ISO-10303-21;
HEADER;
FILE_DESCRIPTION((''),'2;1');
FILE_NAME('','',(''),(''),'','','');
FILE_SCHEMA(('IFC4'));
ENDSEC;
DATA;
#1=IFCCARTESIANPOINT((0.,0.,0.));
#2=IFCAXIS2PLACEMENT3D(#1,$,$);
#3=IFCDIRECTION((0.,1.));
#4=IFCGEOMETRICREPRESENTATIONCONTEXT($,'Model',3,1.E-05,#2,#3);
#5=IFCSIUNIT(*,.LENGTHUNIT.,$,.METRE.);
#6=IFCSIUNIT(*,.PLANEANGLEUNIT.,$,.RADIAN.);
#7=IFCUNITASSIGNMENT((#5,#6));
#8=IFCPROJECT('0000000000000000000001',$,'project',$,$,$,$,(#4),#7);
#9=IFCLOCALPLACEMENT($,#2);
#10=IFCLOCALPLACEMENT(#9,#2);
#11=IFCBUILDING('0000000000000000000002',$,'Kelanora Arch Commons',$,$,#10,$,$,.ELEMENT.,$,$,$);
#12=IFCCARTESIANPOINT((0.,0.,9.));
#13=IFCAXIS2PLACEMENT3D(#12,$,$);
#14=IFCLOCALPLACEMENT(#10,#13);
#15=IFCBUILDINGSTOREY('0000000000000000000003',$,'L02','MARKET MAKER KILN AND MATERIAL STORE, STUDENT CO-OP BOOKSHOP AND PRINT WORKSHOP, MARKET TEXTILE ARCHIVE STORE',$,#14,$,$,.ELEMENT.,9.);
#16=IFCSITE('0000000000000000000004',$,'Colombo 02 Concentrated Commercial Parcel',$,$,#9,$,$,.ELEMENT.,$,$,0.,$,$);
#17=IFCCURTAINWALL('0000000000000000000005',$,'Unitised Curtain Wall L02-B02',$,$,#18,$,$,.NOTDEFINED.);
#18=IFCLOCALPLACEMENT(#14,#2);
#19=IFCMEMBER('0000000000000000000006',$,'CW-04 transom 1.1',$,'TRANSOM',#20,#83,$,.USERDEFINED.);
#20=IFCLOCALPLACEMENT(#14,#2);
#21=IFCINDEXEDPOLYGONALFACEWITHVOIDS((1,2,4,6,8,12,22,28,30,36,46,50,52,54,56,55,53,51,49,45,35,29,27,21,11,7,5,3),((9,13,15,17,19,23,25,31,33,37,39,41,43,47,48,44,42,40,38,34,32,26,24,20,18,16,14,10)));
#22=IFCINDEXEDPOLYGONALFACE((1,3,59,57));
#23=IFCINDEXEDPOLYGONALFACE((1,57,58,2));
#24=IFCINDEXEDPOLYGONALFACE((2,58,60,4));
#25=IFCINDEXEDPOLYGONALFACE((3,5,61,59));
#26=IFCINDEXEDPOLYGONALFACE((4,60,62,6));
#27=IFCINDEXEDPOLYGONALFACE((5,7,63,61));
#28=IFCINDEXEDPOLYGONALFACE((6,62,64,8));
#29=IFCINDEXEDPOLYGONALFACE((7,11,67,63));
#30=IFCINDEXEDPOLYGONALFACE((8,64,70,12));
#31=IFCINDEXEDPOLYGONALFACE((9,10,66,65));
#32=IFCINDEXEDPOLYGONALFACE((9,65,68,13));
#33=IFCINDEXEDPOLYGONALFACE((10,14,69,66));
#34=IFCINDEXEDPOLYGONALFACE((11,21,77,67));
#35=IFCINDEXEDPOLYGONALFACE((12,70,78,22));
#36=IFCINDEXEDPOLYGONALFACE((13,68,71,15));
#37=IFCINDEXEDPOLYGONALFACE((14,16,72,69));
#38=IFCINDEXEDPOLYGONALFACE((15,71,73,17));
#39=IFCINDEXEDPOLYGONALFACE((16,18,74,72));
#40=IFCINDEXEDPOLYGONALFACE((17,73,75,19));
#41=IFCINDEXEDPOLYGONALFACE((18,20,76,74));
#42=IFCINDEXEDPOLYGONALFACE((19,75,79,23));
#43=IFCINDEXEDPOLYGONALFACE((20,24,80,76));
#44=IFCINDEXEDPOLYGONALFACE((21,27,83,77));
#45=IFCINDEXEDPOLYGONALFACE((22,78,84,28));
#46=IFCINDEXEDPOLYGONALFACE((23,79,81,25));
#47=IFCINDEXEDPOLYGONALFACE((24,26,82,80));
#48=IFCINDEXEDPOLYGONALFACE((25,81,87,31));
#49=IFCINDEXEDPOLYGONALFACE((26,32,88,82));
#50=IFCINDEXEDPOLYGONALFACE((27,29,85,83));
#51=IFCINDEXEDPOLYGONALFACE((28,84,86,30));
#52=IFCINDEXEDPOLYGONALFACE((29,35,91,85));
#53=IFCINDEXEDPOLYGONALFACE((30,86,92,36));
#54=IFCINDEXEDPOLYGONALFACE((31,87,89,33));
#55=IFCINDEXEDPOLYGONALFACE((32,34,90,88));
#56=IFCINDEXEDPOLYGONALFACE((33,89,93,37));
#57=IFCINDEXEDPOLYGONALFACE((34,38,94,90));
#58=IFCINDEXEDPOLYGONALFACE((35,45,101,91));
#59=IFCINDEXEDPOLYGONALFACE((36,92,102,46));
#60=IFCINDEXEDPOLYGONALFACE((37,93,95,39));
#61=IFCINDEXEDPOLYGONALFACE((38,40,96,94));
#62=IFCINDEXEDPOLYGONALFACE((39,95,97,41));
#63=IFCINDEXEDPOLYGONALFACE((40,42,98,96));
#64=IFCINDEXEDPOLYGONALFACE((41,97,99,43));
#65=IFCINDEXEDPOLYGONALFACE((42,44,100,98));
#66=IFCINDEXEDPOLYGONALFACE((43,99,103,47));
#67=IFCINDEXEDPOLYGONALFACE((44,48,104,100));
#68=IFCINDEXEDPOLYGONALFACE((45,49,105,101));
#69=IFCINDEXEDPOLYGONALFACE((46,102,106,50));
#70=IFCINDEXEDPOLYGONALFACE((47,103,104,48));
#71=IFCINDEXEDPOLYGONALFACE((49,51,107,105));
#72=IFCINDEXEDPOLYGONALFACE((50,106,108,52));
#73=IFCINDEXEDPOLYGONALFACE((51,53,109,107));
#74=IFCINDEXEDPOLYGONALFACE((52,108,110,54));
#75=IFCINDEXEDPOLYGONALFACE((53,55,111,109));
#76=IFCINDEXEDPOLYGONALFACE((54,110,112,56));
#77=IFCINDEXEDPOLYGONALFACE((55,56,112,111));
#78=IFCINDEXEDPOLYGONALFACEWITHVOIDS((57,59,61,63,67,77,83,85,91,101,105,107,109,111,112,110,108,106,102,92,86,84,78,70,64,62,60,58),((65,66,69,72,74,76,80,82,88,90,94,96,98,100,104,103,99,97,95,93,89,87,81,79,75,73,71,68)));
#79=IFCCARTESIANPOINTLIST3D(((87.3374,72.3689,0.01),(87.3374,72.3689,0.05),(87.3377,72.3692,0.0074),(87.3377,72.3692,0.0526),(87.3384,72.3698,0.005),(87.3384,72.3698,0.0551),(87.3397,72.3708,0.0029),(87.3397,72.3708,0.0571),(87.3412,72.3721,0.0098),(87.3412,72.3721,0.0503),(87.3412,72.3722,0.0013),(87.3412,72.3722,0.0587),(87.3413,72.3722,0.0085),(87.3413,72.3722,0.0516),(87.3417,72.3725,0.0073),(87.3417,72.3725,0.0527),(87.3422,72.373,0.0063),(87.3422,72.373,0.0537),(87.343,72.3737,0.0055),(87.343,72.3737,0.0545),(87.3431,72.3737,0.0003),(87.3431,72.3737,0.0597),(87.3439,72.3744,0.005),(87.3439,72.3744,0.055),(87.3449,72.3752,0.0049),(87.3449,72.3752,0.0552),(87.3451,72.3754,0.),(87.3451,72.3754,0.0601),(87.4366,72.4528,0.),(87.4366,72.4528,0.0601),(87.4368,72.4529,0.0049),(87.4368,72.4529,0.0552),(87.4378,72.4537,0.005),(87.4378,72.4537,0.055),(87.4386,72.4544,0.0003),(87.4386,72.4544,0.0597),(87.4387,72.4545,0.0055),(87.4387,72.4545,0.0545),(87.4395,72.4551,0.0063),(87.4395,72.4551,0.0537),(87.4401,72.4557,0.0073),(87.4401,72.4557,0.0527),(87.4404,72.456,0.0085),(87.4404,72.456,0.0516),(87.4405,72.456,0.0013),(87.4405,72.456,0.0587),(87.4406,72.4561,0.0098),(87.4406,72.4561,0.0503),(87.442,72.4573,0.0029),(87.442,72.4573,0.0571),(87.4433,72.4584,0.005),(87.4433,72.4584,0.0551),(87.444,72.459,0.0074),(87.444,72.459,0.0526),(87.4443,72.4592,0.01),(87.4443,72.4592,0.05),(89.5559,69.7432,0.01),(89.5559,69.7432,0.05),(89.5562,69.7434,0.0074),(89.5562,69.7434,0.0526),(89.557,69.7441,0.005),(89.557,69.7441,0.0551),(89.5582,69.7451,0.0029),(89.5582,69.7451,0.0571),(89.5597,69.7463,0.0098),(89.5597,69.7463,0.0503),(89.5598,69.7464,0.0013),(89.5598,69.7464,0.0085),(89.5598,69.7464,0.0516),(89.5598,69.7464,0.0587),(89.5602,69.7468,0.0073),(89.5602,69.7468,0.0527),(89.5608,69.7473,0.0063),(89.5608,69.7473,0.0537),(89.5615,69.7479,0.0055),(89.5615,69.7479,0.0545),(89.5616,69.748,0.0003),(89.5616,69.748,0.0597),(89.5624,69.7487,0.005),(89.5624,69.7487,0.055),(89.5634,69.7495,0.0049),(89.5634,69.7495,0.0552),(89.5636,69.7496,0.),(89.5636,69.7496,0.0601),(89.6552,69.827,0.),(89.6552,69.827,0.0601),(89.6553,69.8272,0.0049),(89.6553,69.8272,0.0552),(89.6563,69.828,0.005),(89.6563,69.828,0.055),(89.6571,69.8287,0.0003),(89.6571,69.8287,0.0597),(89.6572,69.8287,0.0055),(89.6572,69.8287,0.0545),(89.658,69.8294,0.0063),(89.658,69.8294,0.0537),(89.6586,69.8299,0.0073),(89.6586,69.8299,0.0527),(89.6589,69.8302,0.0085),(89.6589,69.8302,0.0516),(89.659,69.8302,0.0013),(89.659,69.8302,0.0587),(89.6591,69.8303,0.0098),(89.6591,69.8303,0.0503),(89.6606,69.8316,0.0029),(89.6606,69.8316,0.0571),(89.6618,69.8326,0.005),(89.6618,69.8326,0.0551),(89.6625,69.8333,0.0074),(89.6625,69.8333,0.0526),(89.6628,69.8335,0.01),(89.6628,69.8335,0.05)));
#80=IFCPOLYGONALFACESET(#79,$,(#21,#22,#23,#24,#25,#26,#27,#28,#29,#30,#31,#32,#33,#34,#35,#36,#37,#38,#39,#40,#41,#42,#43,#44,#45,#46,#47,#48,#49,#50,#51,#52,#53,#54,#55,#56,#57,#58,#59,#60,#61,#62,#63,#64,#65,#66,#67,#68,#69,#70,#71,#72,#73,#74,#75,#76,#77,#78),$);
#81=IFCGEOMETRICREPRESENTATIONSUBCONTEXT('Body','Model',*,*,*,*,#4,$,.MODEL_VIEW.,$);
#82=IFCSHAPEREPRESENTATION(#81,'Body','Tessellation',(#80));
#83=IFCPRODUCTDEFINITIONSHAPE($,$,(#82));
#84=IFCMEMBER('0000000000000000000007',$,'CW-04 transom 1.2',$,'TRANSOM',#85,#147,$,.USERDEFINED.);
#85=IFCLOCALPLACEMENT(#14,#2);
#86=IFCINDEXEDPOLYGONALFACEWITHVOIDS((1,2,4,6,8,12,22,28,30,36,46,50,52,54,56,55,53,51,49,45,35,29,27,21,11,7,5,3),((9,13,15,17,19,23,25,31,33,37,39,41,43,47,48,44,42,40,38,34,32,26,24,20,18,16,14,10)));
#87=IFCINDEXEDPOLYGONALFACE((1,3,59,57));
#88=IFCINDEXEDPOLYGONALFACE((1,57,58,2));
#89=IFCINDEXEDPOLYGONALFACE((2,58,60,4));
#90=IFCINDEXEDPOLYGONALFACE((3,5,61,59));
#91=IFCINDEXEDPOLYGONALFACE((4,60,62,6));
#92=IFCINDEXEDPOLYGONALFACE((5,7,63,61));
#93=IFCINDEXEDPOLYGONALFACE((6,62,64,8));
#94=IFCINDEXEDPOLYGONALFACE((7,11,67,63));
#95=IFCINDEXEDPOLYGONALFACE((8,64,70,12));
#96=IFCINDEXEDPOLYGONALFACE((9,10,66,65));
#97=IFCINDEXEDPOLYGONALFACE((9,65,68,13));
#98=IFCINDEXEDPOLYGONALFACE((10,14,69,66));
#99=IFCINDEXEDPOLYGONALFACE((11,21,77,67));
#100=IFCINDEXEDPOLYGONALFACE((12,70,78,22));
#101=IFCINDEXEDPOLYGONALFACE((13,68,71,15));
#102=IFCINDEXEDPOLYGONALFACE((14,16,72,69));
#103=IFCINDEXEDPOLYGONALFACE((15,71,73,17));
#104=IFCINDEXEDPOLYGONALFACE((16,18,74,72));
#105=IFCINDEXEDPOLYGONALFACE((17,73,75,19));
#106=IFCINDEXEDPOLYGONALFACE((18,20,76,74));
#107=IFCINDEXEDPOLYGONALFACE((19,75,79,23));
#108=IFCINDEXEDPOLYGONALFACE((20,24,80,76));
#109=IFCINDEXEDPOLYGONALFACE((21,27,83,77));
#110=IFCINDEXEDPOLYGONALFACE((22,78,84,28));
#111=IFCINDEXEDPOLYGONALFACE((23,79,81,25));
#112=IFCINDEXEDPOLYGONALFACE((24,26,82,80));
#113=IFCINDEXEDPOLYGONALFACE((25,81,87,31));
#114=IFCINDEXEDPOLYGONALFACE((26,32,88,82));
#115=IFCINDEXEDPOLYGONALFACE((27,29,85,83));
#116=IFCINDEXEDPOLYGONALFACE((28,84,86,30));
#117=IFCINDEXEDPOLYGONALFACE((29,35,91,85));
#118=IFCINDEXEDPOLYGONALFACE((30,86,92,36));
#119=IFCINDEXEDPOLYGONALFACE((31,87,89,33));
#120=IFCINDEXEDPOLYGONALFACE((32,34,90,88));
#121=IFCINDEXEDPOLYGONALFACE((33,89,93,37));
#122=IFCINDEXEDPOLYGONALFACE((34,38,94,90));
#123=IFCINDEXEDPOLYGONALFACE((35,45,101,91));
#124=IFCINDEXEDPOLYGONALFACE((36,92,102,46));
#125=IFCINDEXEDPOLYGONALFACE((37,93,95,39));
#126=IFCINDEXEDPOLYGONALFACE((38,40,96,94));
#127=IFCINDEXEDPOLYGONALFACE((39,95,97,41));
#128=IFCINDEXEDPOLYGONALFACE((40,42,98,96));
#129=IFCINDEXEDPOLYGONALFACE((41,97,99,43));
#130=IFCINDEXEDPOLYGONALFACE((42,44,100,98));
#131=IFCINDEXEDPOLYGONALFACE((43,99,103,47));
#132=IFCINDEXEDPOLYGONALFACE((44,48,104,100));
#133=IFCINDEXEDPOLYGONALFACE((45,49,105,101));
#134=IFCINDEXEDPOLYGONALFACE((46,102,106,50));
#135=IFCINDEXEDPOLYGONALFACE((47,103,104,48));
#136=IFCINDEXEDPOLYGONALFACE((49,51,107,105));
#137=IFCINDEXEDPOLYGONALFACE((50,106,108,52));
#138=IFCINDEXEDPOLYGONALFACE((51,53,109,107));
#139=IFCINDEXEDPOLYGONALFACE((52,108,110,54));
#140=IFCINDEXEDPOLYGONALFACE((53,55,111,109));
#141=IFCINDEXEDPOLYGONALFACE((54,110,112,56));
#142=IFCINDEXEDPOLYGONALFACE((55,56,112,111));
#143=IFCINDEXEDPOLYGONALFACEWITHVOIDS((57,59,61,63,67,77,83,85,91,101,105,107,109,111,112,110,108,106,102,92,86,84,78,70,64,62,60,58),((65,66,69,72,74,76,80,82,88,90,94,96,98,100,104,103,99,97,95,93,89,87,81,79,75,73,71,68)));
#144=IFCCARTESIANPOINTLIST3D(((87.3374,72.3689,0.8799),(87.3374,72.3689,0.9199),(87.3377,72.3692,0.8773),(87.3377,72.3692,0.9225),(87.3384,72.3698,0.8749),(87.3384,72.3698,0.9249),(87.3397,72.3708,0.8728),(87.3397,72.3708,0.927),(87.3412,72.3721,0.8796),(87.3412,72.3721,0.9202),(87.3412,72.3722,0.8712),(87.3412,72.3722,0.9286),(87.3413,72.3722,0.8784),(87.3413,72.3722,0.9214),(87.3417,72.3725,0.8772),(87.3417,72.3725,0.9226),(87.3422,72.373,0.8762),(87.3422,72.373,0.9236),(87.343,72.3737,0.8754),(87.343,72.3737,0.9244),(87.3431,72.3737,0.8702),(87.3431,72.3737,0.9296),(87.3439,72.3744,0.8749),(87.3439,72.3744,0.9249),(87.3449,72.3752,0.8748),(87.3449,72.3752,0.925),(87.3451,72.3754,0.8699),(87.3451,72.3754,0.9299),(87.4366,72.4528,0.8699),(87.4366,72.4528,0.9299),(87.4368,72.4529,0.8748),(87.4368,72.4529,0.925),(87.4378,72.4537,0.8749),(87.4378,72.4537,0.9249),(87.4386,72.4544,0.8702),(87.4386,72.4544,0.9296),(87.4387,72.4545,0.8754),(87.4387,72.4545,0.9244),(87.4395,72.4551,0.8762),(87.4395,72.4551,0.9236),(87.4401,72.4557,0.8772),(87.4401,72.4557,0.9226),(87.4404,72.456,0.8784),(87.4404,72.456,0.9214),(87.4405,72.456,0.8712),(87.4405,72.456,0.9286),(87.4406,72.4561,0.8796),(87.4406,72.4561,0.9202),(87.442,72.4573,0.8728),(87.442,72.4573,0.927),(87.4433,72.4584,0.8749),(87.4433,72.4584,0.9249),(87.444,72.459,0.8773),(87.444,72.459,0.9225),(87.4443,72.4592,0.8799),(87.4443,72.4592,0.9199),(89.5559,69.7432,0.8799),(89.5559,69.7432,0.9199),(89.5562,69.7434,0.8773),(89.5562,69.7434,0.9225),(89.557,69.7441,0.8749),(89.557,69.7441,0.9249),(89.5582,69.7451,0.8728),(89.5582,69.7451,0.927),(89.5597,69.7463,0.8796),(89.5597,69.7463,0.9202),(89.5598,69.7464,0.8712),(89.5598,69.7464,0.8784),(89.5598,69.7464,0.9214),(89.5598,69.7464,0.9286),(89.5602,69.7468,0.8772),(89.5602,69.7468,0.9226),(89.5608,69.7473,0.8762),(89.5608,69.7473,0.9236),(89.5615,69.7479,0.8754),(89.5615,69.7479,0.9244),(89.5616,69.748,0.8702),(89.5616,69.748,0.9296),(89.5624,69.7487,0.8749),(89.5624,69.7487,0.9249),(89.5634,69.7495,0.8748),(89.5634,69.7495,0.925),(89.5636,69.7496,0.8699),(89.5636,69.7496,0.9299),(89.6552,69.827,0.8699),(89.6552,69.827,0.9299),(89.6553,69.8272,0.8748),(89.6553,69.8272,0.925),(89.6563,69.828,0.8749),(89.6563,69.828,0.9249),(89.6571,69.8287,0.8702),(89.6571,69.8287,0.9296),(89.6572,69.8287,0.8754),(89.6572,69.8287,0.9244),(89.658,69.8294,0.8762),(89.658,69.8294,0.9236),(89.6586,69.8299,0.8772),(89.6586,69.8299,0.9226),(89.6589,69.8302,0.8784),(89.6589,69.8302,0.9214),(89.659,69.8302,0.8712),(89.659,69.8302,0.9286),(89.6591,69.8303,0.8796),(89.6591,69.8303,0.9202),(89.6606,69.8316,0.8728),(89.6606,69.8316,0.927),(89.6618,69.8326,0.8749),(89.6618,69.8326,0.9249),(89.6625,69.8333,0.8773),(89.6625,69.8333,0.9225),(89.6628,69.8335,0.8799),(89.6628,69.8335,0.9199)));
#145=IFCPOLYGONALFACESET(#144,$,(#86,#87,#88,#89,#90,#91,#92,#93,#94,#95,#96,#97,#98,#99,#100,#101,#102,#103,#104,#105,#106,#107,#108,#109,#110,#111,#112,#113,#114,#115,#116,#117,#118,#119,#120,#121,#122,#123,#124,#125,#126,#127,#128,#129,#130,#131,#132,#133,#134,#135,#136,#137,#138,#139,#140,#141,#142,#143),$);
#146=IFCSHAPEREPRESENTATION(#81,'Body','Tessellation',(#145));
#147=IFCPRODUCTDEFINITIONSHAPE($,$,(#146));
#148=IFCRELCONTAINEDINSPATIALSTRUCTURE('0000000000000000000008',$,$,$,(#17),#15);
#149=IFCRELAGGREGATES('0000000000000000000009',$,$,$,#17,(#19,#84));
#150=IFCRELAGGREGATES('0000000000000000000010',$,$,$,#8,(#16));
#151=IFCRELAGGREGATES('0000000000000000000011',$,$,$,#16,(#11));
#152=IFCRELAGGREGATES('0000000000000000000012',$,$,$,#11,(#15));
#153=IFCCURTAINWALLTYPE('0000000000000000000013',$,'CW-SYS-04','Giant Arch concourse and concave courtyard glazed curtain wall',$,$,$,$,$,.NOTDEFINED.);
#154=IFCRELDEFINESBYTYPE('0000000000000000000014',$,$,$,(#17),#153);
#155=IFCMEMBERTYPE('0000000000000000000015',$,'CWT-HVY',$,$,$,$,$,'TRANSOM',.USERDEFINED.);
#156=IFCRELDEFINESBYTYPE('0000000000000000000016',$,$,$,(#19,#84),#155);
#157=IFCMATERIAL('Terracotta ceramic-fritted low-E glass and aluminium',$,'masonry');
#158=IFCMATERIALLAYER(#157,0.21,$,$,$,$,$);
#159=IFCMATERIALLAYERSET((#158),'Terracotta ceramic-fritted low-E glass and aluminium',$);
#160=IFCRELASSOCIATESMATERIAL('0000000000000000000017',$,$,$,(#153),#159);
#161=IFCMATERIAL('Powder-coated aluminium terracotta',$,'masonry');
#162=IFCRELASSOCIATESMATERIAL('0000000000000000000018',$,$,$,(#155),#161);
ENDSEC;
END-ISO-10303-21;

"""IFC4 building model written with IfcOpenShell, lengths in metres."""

from ifc_helpers import new_model, si_unit, direction, frame, origin, origin_2d, place, context, subcontext, project, spatial, hollow_rectangle, extrude, material, layer, layer_set, material_profile, profile_set, type_object, element, aggregate, save


model = new_model("IFC4")

# Units and contexts
model_context = context("Model", 3, precision=1e-05, world=origin(), true_north=direction((0.0, 1.0)))
body_context = subcontext(model_context, "Body", "Model", "MODEL_VIEW")
ifc_project = project(units=[si_unit("LENGTHUNIT", "METRE"), si_unit("PLANEANGLEUNIT", "RADIAN")], contexts=[model_context])

# Site, building, storey
site_placement = place(None, origin())
site = spatial("IfcSite", under=ifc_project, at=site_placement, Name="Colombo 02 Concentrated Commercial Parcel", CompositionType="ELEMENT", RefElevation=0.0)
building_placement = place(site_placement, origin())
building = spatial("IfcBuilding", under=site, at=building_placement, Name="Kelanora Arch Commons", CompositionType="ELEMENT")
storey_placement = place(building_placement, frame((0.0, 0.0, 9.0)))
storey = spatial("IfcBuildingStorey", under=building, at=storey_placement, Name="L02", Description="MARKET MAKER KILN AND MATERIAL STORE, STUDENT CO-OP BOOKSHOP AND PRINT WORKSHOP, MARKET TEXTILE ARCHIVE STORE", CompositionType="ELEMENT", Elevation=9.0)

# Shared definitions
ifc_material_1 = material(Name="Terracotta ceramic-fritted low-E glass and aluminium", Category="masonry")
ifc_layer_1 = layer(ifc_material_1, 0.21)
ifc_layer_set_1 = layer_set([ifc_layer_1], Name="Terracotta ceramic-fritted low-E glass and aluminium")
curtain_wall_type = type_object("IfcCurtainWallType", Name="CW-SYS-04", Description="Giant Arch concourse and concave courtyard glazed curtain wall", PredefinedType="NOTDEFINED", material=ifc_layer_set_1)
ifc_material_2 = material(Name="Powder-coated aluminium terracotta", Category="masonry")

# Curtain wall
curtain_wall_1_placement = place(storey_placement, origin())
curtain_wall_1 = element("IfcCurtainWall", 1, at=curtain_wall_1_placement, inside=storey, type_object=curtain_wall_type, Name="Unitised Curtain Wall L02-B02", PredefinedType="NOTDEFINED")

# Members
ifc_material_profile_1 = material_profile(ifc_material_2, hollow_rectangle(XDim=0.1399, YDim=0.0601, WallThickness=0.0049, InnerFilletRadius=0.0049, OuterFilletRadius=0.01, at=origin_2d()), Name="CWT140x60")
ifc_profile_set_1 = profile_set([ifc_material_profile_1], Name="Powder-coated aluminium terracotta")
member_type_1 = type_object("IfcMemberType", Name="CWT-HVY", ElementType="TRANSOM", PredefinedType="USERDEFINED", material=ifc_profile_set_1)
member_1_placement = place(storey_placement, frame((89.6094, 69.7883, 0.03), z_axis=(-0.645388, 0.763855, 0.0), x_axis=(-0.763855, -0.645388, 0.0)))
member_1 = element("IfcMember", 2, at=member_1_placement, type_object=member_type_1, Name="CW-04 transom 1.1", ObjectType="TRANSOM", PredefinedType="USERDEFINED", context=body_context, shape_type="SweptSolid", body=[
    extrude(hollow_rectangle(XDim=0.1399, YDim=0.0601, WallThickness=0.0049, InnerFilletRadius=0.0049, OuterFilletRadius=0.01, at=origin_2d()), origin(), (0.0, 0.0, 1.0), 3.4375),
])
member_2_placement = place(storey_placement, frame((89.6094, 69.7883, 0.8999), z_axis=(-0.645388, 0.763855, 0.0), x_axis=(-0.763855, -0.645388, 0.0)))
member_2 = element("IfcMember", 3, at=member_2_placement, type_object=member_type_1, Name="CW-04 transom 1.2", ObjectType="TRANSOM", PredefinedType="USERDEFINED", context=body_context, shape_type="SweptSolid", body=[
    extrude(hollow_rectangle(XDim=0.1399, YDim=0.0601, WallThickness=0.0049, InnerFilletRadius=0.0049, OuterFilletRadius=0.01, at=origin_2d()), origin(), (0.0, 0.0, 1.0), 3.4375),
])

aggregate(curtain_wall_1, [member_1, member_2])

save(model, "model.ifc")
